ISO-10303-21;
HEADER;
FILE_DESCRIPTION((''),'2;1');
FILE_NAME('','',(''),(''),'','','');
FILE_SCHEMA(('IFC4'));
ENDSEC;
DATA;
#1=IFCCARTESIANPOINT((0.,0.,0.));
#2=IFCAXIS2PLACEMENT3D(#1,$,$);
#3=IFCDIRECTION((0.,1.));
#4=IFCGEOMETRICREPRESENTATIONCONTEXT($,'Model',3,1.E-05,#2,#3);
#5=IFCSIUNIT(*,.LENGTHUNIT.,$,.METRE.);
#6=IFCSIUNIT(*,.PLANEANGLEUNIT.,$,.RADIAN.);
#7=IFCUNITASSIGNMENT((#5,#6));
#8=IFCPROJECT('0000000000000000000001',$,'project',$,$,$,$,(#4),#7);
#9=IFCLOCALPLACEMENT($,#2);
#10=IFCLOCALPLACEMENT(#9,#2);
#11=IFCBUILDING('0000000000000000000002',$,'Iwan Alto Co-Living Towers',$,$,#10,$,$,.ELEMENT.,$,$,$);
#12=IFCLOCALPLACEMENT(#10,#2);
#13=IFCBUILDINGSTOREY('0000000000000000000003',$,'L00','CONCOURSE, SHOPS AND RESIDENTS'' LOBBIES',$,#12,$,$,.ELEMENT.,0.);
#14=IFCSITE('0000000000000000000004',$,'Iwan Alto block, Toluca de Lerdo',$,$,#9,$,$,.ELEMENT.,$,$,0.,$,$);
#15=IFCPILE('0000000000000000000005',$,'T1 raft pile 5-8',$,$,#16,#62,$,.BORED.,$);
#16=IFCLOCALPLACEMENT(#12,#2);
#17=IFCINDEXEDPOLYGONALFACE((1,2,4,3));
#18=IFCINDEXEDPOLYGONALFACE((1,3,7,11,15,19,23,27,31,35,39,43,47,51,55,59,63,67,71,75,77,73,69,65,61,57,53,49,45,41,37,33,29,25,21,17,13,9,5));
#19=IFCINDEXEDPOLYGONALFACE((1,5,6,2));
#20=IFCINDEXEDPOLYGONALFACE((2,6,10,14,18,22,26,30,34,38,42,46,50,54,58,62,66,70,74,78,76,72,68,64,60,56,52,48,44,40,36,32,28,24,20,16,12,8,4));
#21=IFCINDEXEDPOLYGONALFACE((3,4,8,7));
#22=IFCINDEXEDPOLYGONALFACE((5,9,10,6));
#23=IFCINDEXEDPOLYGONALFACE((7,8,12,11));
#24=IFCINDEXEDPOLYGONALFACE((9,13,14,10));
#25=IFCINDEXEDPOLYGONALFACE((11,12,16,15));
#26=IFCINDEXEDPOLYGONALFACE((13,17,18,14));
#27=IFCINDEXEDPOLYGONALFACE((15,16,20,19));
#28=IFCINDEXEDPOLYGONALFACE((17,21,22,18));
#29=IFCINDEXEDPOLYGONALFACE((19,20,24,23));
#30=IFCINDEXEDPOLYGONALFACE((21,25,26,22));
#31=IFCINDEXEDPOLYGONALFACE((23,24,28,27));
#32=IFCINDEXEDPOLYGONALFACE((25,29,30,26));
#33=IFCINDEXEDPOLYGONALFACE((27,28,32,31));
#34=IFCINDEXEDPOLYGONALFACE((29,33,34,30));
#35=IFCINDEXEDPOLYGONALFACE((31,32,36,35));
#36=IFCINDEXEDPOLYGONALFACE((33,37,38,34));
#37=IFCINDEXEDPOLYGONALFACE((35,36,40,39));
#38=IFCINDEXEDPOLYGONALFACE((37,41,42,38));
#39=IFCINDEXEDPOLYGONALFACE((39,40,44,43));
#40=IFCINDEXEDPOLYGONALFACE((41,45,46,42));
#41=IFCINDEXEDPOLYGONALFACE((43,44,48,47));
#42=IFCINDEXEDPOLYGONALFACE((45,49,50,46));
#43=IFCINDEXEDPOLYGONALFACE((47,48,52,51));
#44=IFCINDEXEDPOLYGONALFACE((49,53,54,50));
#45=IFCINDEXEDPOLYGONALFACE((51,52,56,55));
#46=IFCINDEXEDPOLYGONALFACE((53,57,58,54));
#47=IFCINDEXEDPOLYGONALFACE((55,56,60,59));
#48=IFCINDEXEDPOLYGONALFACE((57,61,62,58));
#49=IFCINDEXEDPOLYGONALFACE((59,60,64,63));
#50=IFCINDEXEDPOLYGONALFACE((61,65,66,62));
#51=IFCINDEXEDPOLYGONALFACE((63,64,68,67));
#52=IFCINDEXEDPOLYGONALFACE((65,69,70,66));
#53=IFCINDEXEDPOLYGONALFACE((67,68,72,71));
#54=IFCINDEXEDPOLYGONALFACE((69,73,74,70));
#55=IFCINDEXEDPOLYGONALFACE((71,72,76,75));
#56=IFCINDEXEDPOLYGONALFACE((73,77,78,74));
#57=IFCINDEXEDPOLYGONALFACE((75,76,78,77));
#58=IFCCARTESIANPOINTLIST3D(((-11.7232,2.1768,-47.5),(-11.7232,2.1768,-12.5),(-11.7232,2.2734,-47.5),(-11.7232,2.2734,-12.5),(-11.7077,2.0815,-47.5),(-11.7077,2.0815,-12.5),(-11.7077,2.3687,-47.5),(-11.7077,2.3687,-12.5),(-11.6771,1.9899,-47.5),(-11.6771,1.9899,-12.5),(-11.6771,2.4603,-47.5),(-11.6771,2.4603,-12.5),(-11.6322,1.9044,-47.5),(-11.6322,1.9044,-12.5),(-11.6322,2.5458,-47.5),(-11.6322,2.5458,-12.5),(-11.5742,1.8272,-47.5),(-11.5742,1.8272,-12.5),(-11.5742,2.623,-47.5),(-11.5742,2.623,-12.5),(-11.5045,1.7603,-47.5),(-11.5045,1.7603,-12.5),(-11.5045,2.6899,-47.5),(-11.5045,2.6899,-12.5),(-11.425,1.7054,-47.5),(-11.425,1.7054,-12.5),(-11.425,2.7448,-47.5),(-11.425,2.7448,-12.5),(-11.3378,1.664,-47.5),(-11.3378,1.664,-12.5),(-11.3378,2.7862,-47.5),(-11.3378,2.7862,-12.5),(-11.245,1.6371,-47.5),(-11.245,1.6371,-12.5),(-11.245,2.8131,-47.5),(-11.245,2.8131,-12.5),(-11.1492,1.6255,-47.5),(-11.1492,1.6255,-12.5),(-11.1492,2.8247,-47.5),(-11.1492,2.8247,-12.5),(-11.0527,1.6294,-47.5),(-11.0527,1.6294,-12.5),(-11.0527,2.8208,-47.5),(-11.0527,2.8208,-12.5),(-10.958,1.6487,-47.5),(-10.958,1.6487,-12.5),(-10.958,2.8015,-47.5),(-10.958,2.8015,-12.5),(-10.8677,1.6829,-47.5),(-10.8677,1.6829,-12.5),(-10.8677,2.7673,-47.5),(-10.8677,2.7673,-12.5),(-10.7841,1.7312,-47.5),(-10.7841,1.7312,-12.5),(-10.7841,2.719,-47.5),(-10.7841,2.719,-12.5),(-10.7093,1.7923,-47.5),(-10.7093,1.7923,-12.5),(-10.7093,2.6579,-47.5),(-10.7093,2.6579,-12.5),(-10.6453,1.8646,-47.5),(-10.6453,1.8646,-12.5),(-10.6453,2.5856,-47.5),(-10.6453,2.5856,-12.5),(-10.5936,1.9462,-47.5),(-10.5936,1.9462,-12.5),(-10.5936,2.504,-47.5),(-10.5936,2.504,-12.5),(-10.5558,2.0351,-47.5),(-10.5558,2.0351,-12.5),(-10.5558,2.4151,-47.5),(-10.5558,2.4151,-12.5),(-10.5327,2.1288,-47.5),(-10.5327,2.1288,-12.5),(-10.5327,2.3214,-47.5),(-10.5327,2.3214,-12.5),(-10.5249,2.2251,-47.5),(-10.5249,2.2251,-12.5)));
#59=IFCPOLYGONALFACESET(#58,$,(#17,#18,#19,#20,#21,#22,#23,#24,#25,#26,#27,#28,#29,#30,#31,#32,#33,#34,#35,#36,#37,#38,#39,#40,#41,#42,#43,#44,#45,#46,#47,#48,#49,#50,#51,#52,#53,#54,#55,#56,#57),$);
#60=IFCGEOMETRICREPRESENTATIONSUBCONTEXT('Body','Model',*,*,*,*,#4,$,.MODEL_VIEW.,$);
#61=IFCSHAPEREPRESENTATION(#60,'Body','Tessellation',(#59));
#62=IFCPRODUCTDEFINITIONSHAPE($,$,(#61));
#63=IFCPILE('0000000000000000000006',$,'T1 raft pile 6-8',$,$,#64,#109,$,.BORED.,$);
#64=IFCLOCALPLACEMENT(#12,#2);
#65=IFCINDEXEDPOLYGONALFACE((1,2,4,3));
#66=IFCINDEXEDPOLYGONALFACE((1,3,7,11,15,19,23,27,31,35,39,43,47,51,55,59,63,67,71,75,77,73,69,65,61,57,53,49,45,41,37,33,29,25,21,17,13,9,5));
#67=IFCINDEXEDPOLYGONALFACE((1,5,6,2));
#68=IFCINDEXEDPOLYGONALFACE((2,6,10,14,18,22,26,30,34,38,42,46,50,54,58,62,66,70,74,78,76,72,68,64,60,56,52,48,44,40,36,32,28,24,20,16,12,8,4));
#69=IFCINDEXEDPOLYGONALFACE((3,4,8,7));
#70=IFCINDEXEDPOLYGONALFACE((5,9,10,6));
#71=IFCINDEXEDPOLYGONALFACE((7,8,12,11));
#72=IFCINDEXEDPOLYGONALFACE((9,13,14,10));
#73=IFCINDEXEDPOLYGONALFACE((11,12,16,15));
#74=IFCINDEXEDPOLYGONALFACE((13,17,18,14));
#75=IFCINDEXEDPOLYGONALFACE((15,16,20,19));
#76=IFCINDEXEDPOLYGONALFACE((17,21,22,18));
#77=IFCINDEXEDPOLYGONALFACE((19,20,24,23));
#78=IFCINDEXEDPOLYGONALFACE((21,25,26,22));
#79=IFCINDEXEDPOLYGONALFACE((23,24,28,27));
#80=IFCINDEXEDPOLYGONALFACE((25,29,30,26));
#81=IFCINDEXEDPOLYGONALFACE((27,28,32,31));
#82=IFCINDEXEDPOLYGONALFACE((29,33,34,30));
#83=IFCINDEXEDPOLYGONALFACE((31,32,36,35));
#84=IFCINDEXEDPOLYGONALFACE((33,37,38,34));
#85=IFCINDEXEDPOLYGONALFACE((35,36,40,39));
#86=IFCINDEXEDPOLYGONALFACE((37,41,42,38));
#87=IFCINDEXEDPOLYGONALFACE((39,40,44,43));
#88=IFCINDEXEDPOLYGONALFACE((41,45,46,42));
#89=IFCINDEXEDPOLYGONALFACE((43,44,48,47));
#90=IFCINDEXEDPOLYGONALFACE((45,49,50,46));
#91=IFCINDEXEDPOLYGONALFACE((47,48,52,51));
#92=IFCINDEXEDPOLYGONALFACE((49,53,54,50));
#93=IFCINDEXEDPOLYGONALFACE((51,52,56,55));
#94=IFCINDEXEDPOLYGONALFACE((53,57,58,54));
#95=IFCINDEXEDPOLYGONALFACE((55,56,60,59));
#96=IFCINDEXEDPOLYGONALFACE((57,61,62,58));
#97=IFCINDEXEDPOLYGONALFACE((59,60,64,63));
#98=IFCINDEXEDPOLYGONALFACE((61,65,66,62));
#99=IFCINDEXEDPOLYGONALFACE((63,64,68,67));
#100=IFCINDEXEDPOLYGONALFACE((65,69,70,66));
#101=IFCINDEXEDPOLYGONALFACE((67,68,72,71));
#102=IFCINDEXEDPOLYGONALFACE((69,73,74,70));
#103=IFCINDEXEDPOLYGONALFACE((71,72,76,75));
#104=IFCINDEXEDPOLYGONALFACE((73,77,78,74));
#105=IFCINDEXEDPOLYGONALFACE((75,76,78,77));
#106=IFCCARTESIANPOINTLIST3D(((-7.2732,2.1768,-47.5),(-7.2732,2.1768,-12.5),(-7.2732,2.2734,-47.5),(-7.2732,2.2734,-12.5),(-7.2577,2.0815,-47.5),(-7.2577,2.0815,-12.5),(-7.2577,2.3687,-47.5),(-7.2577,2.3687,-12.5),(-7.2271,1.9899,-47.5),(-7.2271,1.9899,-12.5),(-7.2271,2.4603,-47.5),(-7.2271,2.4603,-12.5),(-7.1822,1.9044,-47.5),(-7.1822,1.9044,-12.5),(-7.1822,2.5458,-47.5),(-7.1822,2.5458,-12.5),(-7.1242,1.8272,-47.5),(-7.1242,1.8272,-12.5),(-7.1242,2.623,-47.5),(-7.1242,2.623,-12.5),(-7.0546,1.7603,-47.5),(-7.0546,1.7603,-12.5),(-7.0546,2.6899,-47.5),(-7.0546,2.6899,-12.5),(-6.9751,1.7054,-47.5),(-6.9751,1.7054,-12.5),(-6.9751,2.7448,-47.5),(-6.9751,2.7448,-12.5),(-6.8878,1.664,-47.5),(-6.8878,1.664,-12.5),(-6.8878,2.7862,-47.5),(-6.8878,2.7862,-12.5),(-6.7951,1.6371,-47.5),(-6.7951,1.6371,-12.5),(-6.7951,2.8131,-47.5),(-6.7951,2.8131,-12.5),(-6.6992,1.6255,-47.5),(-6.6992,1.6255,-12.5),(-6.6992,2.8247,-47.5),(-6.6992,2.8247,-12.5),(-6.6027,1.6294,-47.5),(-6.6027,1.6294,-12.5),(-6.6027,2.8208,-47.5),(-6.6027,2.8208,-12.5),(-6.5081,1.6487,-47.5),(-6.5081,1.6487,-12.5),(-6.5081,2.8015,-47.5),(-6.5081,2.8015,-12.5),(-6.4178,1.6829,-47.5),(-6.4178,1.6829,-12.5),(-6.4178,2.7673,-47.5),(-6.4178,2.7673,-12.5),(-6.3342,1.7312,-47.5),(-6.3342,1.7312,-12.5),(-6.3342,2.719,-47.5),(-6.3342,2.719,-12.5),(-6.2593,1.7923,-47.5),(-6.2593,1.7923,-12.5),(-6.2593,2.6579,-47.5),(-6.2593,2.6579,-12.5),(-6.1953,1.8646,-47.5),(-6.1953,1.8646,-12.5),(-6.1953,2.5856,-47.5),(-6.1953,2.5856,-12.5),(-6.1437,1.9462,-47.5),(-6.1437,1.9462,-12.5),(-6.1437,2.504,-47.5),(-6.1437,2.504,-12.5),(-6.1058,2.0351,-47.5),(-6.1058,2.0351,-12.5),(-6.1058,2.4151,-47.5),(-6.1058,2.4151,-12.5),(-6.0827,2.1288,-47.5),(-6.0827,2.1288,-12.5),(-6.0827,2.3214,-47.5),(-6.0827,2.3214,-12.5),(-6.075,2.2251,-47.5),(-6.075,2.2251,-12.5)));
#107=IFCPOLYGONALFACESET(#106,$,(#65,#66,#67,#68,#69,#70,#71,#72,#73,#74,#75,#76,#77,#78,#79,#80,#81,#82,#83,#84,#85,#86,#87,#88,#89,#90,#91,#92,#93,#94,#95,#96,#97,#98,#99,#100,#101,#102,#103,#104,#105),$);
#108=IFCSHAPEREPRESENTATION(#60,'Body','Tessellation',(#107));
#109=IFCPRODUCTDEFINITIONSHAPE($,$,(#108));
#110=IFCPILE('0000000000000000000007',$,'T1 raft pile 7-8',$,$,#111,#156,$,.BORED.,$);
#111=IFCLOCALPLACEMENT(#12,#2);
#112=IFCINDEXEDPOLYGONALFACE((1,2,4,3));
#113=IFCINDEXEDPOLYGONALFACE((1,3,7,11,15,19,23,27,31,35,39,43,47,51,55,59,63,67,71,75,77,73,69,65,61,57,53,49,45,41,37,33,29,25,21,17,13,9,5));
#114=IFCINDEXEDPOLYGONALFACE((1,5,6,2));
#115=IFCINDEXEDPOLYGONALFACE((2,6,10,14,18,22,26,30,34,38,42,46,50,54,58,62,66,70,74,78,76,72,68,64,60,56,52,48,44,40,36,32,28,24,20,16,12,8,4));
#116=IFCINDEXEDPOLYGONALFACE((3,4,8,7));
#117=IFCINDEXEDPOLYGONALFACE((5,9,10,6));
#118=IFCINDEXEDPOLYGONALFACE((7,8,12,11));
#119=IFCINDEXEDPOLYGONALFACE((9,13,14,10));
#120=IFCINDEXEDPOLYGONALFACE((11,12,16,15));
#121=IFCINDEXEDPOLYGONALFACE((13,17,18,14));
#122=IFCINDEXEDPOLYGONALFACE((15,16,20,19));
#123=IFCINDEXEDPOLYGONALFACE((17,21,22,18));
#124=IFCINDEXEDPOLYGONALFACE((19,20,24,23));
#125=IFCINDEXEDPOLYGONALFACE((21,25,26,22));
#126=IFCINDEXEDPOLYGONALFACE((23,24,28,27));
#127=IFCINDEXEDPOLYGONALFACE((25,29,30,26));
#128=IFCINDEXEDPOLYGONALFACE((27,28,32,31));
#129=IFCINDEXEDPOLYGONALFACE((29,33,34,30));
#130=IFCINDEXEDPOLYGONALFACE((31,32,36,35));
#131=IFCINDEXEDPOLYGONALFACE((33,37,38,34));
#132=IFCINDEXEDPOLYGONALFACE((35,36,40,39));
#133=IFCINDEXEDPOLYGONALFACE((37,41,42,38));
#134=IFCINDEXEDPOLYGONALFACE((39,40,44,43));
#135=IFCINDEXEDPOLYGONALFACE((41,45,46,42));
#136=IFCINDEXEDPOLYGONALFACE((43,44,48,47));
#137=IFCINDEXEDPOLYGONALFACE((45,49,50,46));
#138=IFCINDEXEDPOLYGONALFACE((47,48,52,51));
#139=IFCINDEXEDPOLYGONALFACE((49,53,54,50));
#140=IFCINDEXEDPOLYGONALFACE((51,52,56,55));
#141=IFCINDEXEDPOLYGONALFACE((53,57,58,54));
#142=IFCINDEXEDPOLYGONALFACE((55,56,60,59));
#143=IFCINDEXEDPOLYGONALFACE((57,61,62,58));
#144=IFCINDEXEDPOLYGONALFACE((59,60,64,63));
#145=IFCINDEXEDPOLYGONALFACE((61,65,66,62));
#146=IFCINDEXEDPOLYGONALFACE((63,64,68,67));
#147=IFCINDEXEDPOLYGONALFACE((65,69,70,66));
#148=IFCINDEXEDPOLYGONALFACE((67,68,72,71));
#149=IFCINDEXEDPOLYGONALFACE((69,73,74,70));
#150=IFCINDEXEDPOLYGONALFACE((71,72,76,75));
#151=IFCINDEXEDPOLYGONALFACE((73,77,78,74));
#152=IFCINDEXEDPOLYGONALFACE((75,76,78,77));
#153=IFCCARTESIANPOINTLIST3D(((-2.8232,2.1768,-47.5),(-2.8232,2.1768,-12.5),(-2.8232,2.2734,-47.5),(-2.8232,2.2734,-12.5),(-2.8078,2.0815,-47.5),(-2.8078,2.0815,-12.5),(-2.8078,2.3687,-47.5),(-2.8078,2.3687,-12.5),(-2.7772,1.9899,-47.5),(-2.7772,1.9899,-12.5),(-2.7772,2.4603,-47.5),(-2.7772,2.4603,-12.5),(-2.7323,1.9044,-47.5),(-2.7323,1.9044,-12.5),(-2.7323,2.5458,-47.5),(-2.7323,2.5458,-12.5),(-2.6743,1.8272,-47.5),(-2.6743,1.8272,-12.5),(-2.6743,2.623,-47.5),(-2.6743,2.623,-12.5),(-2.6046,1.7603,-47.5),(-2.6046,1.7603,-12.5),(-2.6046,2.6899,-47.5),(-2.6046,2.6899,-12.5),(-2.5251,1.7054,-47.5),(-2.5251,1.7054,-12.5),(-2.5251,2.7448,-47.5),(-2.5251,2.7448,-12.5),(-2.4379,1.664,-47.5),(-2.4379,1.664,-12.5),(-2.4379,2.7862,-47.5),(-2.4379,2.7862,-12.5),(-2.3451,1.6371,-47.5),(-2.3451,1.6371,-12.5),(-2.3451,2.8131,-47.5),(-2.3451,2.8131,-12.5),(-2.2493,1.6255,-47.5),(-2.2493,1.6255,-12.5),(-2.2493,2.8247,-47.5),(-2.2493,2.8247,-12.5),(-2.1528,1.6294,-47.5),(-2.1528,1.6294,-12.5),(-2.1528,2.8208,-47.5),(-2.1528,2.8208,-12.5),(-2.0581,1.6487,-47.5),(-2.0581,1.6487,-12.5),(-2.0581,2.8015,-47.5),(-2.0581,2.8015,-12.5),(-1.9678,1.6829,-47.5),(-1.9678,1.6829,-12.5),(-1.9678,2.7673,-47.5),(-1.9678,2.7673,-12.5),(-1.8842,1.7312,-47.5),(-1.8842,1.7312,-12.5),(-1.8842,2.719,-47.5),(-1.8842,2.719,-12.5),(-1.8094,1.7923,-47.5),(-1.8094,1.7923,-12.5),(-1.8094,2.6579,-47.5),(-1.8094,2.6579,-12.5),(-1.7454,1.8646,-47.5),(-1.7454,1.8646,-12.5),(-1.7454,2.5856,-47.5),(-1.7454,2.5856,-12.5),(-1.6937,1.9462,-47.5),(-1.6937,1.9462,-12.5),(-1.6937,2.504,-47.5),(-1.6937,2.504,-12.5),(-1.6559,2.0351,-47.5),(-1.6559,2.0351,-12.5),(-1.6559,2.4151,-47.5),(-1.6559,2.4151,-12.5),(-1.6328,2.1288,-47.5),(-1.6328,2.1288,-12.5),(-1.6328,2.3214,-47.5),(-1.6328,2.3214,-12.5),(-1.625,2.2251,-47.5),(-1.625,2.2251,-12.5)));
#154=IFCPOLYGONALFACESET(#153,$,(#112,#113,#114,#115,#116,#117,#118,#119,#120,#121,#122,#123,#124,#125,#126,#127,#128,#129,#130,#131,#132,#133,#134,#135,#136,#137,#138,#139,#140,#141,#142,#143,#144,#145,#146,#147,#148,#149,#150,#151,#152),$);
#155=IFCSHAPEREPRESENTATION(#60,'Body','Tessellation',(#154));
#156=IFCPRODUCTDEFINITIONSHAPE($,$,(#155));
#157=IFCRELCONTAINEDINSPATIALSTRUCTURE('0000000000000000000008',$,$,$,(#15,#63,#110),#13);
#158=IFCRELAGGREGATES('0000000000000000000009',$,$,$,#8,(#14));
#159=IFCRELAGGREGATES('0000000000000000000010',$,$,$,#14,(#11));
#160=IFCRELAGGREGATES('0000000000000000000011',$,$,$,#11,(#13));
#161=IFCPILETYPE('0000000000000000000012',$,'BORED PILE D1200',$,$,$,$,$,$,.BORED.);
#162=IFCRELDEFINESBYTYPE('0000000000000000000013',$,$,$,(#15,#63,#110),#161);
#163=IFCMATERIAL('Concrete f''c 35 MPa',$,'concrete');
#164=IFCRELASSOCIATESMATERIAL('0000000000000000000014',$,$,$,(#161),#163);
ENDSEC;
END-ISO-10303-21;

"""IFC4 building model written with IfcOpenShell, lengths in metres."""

from ifc_helpers import new_model, si_unit, direction, frame, origin, origin_2d, place, context, subcontext, project, spatial, circle, extrude, material, material_profile, profile_set, type_object, element, save


model = new_model("IFC4")

# Units and contexts
model_context = context("Model", 3, precision=1e-05, world=origin(), true_north=direction((0.0, 1.0)))
body_context = subcontext(model_context, "Body", "Model", "MODEL_VIEW")
ifc_project = project(units=[si_unit("LENGTHUNIT", "METRE"), si_unit("PLANEANGLEUNIT", "RADIAN")], contexts=[model_context])

# Site, building, storey
site_placement = place(None, origin())
site = spatial("IfcSite", under=ifc_project, at=site_placement, Name="Iwan Alto block, Toluca de Lerdo", CompositionType="ELEMENT", RefElevation=0.0)
building_placement = place(site_placement, origin())
building = spatial("IfcBuilding", under=site, at=building_placement, Name="Iwan Alto Co-Living Towers", CompositionType="ELEMENT")
storey_placement = place(building_placement, origin())
storey = spatial("IfcBuildingStorey", under=building, at=storey_placement, Name="L00", Description="CONCOURSE, SHOPS AND RESIDENTS' LOBBIES", CompositionType="ELEMENT", Elevation=0.0)

# Piles
ifc_material_1 = material(Name="Concrete f'c 35 MPa", Category="concrete")
ifc_material_profile = material_profile(ifc_material_1, circle(Radius=0.6001, at=origin_2d()), Name="D1200")
ifc_profile_set = profile_set([ifc_material_profile], Name="Concrete f'c 35 MPa")
pile_type = type_object("IfcPileType", Name="BORED PILE D1200", PredefinedType="BORED", material=ifc_profile_set)
for number, where, z_axis, x_axis, name in (
    (1, (-11.125, 2.2251, -12.5), (0.0, 0.0, -1.0), (1.0, 0.0, 0.0), "T1 raft pile 5-8"),
    (2, (-6.675, 2.2251, -12.5), (0.0, 0.0, -1.0), (1.0, 0.0, 0.0), "T1 raft pile 6-8"),
    (3, (-2.2251, 2.2251, -12.5), (0.0, 0.0, -1.0), (1.0, 0.0, 0.0), "T1 raft pile 7-8"),
):
    element("IfcPile", number, at=place(storey_placement, frame(where, z_axis=z_axis, x_axis=x_axis)), inside=storey, type_object=pile_type, Name=name, PredefinedType="BORED", context=body_context, shape_type="SweptSolid", body=[
        extrude(circle(Radius=0.6001, at=origin_2d()), origin(), (0.0, 0.0, 1.0), 35.0),
    ])

save(model, "model.ifc")
